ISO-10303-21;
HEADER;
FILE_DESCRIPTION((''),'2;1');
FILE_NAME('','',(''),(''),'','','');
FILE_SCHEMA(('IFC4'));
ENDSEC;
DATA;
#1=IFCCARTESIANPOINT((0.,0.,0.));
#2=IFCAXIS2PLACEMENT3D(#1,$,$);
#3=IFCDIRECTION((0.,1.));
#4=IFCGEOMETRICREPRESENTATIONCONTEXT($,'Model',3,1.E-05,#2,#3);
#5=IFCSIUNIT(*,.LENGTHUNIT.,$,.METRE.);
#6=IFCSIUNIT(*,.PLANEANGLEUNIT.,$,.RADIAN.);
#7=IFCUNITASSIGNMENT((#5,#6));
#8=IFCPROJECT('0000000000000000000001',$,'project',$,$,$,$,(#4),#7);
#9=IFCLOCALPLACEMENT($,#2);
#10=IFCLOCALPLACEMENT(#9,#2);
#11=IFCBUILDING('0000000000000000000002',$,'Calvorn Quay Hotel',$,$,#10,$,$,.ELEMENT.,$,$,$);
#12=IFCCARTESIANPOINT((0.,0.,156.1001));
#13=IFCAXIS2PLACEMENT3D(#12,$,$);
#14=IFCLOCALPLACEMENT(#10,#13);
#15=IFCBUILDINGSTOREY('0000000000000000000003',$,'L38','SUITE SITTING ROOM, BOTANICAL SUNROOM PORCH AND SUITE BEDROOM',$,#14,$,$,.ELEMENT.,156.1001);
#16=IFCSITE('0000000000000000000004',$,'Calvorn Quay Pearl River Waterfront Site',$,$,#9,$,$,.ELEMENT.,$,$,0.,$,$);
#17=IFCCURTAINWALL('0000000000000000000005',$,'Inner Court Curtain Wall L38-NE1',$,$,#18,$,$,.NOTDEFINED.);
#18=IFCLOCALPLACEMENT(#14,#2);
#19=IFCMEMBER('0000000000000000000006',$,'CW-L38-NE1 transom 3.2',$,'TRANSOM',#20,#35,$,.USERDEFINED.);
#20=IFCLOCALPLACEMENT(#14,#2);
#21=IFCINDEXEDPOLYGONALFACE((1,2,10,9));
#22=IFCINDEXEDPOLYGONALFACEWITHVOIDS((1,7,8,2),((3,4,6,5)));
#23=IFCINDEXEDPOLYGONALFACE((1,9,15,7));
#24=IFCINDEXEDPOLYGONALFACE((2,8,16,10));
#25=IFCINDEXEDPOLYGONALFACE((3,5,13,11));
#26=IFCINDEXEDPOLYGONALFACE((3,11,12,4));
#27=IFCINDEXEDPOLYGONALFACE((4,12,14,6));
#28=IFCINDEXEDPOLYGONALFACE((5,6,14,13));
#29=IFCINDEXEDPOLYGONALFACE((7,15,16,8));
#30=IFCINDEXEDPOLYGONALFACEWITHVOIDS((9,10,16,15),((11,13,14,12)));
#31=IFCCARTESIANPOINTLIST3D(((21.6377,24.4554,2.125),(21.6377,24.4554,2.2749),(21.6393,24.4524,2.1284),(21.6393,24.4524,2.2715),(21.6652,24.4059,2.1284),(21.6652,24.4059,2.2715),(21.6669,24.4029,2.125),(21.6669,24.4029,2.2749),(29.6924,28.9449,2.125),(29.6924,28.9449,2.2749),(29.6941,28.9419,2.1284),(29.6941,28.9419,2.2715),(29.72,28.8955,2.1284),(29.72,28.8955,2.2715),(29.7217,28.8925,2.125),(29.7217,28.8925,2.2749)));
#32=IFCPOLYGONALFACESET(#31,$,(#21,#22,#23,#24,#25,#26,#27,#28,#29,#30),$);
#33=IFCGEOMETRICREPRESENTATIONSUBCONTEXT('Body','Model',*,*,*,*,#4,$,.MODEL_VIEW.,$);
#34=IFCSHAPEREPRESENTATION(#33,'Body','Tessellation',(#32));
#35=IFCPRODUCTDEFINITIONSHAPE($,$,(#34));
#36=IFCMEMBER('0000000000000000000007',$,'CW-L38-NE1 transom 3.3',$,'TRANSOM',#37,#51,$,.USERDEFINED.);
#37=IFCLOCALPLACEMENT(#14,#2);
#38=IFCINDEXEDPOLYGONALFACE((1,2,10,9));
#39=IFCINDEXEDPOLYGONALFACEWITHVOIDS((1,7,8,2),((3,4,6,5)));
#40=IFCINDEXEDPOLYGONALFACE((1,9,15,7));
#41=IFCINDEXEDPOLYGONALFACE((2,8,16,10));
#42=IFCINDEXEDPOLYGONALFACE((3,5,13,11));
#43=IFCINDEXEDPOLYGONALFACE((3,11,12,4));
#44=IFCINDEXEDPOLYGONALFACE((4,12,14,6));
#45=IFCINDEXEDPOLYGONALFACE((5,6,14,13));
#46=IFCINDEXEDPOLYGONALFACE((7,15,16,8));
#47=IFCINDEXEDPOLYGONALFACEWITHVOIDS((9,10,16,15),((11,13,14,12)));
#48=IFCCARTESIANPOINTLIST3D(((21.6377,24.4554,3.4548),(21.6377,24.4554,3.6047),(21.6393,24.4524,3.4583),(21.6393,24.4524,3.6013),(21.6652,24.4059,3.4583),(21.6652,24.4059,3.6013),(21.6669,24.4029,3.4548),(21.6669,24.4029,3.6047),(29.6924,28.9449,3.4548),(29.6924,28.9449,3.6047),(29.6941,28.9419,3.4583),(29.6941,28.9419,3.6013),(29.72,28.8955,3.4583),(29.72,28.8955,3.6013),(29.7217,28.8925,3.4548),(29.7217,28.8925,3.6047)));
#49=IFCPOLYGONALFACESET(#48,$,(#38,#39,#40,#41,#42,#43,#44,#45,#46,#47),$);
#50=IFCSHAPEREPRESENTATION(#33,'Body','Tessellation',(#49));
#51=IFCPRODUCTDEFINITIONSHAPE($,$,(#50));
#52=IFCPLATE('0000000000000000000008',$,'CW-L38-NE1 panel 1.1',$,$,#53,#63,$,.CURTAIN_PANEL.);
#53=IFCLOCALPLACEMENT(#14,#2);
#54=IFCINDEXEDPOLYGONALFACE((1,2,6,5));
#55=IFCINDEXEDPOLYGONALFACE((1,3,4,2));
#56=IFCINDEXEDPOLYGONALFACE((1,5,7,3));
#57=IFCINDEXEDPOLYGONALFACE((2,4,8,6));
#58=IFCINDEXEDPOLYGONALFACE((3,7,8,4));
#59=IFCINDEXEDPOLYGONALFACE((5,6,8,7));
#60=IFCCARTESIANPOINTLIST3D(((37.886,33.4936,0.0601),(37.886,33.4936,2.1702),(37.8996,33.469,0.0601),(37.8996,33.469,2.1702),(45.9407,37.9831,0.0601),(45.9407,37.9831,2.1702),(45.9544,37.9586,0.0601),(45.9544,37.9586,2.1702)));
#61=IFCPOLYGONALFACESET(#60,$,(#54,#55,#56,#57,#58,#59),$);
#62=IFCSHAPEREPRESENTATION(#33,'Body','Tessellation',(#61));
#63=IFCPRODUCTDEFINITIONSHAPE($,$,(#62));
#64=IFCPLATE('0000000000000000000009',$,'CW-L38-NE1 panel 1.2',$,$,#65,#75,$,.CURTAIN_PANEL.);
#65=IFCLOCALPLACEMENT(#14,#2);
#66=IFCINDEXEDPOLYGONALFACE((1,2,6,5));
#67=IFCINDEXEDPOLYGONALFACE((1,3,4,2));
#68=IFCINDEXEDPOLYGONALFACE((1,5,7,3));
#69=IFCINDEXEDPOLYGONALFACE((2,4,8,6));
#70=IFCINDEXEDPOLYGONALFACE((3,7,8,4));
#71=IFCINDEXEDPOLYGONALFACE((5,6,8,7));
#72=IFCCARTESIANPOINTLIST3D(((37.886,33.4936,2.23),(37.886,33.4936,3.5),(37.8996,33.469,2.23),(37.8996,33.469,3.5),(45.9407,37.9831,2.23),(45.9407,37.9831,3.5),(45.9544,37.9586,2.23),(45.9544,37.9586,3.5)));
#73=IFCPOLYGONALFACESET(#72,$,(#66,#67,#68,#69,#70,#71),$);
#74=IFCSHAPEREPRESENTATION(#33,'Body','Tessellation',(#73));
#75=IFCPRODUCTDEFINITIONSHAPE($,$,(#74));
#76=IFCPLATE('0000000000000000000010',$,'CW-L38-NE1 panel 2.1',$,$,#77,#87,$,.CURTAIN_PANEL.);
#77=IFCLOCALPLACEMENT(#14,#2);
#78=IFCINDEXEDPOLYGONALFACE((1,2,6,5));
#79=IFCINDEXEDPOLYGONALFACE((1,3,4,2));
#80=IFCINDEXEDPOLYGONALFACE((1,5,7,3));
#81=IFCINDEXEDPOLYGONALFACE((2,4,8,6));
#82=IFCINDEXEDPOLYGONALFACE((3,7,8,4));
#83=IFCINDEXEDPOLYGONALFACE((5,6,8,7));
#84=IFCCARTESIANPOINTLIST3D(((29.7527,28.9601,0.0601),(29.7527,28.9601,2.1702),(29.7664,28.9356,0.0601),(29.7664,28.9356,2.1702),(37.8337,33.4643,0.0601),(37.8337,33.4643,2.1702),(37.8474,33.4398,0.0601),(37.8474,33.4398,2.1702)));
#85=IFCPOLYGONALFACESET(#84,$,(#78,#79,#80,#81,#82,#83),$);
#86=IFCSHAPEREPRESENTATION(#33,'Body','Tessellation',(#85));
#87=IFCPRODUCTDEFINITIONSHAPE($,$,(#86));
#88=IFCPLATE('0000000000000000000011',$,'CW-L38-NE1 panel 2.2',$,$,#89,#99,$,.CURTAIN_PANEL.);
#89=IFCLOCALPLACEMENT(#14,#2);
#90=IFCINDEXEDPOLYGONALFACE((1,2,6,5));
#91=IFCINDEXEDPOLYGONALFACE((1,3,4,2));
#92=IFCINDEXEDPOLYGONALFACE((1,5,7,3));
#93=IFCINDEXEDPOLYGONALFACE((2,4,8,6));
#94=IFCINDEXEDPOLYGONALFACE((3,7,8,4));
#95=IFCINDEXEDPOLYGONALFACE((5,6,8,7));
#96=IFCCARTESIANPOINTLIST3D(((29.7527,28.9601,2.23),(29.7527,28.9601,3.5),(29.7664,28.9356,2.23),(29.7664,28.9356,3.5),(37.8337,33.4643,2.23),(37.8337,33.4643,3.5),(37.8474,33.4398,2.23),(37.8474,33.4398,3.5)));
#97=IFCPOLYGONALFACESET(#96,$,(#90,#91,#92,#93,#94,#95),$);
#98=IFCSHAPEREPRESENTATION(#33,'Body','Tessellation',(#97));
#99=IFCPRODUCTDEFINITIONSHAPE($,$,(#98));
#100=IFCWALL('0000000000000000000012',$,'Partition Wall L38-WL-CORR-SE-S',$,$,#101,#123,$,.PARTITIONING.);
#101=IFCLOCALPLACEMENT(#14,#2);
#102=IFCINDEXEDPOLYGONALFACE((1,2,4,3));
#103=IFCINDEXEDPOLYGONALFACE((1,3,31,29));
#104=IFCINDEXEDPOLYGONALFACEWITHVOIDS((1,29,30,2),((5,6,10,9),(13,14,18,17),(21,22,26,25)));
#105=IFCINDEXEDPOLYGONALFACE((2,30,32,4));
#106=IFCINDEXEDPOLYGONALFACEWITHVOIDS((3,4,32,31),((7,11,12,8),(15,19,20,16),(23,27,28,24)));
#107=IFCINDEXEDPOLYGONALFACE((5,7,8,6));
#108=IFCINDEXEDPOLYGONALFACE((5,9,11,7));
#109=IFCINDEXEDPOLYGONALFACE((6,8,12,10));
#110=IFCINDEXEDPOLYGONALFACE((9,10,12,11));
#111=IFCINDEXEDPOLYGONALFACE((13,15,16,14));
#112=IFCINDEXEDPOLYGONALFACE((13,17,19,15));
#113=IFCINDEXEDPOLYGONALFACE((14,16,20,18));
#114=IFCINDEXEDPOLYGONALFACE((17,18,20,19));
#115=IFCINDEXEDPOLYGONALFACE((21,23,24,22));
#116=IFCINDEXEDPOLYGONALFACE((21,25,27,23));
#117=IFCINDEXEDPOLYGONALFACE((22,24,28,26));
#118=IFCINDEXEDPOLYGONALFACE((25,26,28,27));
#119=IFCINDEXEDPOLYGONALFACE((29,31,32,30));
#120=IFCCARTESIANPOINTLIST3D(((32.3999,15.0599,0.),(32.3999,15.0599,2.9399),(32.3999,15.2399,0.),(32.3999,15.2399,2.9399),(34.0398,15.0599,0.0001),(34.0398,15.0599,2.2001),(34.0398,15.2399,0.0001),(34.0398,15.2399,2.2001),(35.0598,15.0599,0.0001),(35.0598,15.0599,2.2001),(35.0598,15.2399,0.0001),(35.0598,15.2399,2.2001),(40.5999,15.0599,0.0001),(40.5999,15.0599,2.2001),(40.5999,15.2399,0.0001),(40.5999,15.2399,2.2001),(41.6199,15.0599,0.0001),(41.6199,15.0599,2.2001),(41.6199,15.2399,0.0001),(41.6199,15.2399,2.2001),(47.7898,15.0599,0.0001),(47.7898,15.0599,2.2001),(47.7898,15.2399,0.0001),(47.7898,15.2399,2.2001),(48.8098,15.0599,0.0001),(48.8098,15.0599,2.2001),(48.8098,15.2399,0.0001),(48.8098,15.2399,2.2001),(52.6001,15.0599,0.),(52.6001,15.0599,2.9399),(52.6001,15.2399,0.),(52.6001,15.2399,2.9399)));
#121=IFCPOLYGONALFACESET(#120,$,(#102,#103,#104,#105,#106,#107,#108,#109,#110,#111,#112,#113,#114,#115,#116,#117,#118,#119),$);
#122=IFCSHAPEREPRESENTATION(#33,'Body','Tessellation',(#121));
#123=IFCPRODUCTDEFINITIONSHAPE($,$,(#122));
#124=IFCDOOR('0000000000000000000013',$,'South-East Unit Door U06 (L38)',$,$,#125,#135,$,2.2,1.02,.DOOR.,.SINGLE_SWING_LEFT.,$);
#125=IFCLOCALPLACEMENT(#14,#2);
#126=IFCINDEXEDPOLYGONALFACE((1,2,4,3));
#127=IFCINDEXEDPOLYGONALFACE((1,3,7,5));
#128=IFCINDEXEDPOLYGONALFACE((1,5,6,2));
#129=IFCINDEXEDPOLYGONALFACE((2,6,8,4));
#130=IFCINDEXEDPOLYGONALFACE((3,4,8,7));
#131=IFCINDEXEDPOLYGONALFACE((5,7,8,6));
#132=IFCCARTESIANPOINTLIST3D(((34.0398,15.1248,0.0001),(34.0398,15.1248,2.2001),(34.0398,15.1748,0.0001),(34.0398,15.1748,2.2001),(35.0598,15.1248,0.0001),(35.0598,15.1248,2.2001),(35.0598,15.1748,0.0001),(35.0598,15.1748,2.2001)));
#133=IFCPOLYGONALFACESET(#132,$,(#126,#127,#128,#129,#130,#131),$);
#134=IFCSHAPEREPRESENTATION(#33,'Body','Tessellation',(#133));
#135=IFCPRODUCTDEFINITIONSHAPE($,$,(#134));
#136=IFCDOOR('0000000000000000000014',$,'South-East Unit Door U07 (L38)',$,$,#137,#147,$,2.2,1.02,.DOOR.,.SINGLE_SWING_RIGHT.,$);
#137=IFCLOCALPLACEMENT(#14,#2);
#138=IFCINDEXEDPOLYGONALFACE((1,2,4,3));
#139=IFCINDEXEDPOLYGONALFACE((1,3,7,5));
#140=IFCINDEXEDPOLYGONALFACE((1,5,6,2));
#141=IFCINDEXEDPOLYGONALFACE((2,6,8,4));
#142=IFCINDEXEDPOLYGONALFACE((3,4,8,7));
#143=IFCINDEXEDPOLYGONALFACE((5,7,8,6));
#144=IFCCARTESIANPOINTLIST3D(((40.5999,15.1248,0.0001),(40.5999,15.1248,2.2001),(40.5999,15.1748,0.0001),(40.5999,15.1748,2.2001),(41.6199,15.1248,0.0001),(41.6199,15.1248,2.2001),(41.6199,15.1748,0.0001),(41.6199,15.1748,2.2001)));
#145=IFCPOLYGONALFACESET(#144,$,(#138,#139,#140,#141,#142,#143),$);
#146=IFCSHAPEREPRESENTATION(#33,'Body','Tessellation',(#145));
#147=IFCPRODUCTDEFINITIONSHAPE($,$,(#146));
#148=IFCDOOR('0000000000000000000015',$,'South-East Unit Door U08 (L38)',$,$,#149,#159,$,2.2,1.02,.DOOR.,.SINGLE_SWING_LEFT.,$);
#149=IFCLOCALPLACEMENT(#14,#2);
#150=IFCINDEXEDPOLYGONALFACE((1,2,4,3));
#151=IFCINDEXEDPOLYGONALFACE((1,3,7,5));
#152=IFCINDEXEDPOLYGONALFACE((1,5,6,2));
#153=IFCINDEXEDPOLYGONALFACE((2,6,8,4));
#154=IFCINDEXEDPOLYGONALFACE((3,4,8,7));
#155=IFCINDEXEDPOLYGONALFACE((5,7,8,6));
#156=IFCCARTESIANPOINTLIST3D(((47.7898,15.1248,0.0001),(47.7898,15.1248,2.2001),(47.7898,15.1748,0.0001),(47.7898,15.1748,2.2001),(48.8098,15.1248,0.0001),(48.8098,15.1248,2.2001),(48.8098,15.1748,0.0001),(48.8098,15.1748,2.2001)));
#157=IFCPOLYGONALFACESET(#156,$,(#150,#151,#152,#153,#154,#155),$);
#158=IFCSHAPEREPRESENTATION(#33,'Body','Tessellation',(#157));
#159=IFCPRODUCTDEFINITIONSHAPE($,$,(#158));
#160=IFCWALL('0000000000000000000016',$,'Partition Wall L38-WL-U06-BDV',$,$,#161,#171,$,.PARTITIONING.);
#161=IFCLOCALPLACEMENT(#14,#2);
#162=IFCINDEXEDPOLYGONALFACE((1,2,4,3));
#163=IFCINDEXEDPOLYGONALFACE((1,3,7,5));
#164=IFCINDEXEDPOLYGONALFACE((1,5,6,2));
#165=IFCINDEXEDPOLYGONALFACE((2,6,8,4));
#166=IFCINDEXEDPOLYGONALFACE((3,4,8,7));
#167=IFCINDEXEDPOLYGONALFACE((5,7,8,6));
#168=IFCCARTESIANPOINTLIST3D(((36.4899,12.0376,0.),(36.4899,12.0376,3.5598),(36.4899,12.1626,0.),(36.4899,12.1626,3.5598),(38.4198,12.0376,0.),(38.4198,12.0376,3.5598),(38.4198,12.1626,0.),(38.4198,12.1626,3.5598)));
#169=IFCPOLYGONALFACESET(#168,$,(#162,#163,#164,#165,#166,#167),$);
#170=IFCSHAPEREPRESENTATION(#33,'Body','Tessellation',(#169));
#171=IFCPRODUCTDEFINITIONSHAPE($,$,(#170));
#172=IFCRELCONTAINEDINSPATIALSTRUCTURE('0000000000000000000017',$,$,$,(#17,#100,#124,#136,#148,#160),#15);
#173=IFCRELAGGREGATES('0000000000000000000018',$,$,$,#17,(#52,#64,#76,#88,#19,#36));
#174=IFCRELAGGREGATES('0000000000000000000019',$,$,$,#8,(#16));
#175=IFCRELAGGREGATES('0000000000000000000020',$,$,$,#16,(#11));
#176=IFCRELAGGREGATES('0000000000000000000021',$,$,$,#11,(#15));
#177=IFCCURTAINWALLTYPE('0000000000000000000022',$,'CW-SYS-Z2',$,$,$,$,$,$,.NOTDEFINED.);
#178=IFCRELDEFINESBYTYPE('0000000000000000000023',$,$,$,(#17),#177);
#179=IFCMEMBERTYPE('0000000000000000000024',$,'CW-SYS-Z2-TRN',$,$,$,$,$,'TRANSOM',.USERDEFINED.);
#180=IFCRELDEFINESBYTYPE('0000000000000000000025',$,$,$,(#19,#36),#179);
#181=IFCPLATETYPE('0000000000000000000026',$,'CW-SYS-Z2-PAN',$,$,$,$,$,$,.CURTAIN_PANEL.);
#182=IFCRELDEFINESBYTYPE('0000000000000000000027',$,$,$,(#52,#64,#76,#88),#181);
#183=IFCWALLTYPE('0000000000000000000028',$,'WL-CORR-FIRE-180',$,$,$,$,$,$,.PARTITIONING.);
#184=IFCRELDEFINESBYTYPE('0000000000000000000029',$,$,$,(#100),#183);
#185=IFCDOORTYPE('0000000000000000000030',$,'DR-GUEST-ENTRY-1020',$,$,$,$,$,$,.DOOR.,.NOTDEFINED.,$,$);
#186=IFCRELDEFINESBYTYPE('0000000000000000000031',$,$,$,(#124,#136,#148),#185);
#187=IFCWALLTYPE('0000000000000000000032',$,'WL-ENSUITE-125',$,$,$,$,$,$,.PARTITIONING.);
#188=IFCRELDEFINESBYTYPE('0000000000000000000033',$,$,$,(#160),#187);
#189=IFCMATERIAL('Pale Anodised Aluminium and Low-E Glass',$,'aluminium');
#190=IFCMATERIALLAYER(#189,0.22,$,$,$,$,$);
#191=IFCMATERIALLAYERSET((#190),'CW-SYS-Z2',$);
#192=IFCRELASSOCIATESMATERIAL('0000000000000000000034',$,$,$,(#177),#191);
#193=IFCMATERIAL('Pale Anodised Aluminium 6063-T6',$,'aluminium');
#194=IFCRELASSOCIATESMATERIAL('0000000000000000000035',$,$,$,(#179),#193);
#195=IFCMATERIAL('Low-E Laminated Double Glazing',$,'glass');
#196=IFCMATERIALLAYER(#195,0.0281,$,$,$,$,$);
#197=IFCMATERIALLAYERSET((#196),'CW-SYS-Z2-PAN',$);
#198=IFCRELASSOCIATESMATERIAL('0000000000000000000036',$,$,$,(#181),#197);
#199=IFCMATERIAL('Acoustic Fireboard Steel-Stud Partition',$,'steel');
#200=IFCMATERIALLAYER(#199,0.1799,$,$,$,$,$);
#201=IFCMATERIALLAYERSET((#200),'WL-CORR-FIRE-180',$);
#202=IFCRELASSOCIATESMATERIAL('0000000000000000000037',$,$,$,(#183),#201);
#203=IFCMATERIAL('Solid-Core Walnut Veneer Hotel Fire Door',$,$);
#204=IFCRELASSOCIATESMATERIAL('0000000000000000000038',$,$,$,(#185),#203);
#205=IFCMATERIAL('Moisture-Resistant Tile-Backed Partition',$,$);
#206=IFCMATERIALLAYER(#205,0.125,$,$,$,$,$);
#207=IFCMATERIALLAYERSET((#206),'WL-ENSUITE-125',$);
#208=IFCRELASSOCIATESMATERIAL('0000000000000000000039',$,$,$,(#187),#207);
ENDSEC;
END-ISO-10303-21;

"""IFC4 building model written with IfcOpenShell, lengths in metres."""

from ifc_helpers import new_model, si_unit, direction, frame, frame_2d, origin, origin_2d, place, context, subcontext, project, spatial, rectangle, hollow_rectangle, extrude, material, layer, layer_set, material_profile, profile_set, type_object, element, fill, aggregate, save


model = new_model("IFC4")

# Units and contexts
model_context = context("Model", 3, precision=1e-05, world=origin(), true_north=direction((0.0, 1.0)))
body_context = subcontext(model_context, "Body", "Model", "MODEL_VIEW")
ifc_project = project(units=[si_unit("LENGTHUNIT", "METRE"), si_unit("PLANEANGLEUNIT", "RADIAN")], contexts=[model_context])

# Site, building, storey
site_placement = place(None, origin())
site = spatial("IfcSite", under=ifc_project, at=site_placement, Name="Calvorn Quay Pearl River Waterfront Site", CompositionType="ELEMENT", RefElevation=0.0)
building_placement = place(site_placement, origin())
building = spatial("IfcBuilding", under=site, at=building_placement, Name="Calvorn Quay Hotel", CompositionType="ELEMENT")
storey_placement = place(building_placement, frame((0.0, 0.0, 156.1001)))
storey = spatial("IfcBuildingStorey", under=building, at=storey_placement, Name="L38", Description="SUITE SITTING ROOM, BOTANICAL SUNROOM PORCH AND SUITE BEDROOM", CompositionType="ELEMENT", Elevation=156.1001)

# Curtain wall, members, plates
ifc_material_1 = material(Name="Pale Anodised Aluminium and Low-E Glass", Category="aluminium")
ifc_layer_1 = layer(ifc_material_1, 0.22)
ifc_layer_set_1 = layer_set([ifc_layer_1], Name="CW-SYS-Z2")
curtain_wall_type = type_object("IfcCurtainWallType", Name="CW-SYS-Z2", PredefinedType="NOTDEFINED", material=ifc_layer_set_1)
curtain_wall_placement = place(storey_placement, origin())
curtain_wall = element("IfcCurtainWall", 1, at=curtain_wall_placement, inside=storey, type_object=curtain_wall_type, Name="Inner Court Curtain Wall L38-NE1", PredefinedType="NOTDEFINED")
ifc_material_2 = material(Name="Pale Anodised Aluminium 6063-T6", Category="aluminium")
ifc_material_profile_1 = material_profile(ifc_material_2, hollow_rectangle(XDim=0.0601, YDim=0.1499, WallThickness=0.0034, at=origin_2d()), Name="ALU-T150x60x3.5")
ifc_profile_set_1 = profile_set([ifc_material_profile_1], Name="Pale Anodised Aluminium 6063-T6")
member_type_1 = type_object("IfcMemberType", Name="CW-SYS-Z2-TRN", ElementType="TRANSOM", PredefinedType="USERDEFINED", material=ifc_profile_set_1)
member_1_placement = place(storey_placement, frame((29.707, 28.9187, 2.2), z_axis=(-0.873481, -0.486859, 0.0), x_axis=(0.486859, -0.873481, 0.0)))
member_1 = element("IfcMember", 2, at=member_1_placement, type_object=member_type_1, Name="CW-L38-NE1 transom 3.2", ObjectType="TRANSOM", PredefinedType="USERDEFINED", context=body_context, shape_type="SweptSolid", body=[
    extrude(hollow_rectangle(XDim=0.0601, YDim=0.1499, WallThickness=0.0034, at=origin_2d()), origin(), (0.0, 0.0, 1.0), 9.2214),
])
member_2_placement = place(storey_placement, frame((29.707, 28.9187, 3.5298), z_axis=(-0.873481, -0.486859, 0.0), x_axis=(0.486859, -0.873481, 0.0)))
member_2 = element("IfcMember", 3, at=member_2_placement, type_object=member_type_1, Name="CW-L38-NE1 transom 3.3", ObjectType="TRANSOM", PredefinedType="USERDEFINED", context=body_context, shape_type="SweptSolid", body=[
    extrude(hollow_rectangle(XDim=0.0601, YDim=0.1499, WallThickness=0.0034, at=origin_2d()), origin(), (0.0, 0.0, 1.0), 9.2214),
])
ifc_material_3 = material(Name="Low-E Laminated Double Glazing", Category="glass")
ifc_layer_2 = layer(ifc_material_3, 0.0281)
ifc_layer_set_2 = layer_set([ifc_layer_2], Name="CW-SYS-Z2-PAN")
plate_type = type_object("IfcPlateType", Name="CW-SYS-Z2-PAN", PredefinedType="CURTAIN_PANEL", material=ifc_layer_set_2)
plate_1_placement = place(storey_placement, frame((41.9202, 35.7261, 0.0601), z_axis=(0.0, 0.0, 1.0), x_axis=(-0.873481, -0.486858, 0.0)))
plate_1 = element("IfcPlate", 4, at=plate_1_placement, type_object=plate_type, Name="CW-L38-NE1 panel 1.1", PredefinedType="CURTAIN_PANEL", context=body_context, shape_type="SweptSolid", body=[
    extrude(rectangle(XDim=9.2214, YDim=0.0281, at=origin_2d()), origin(), (0.0, 0.0, 1.0), 2.1101),
])
plate_2_placement = place(storey_placement, frame((41.9202, 35.7261, 2.23), z_axis=(0.0, 0.0, 1.0), x_axis=(-0.873481, -0.486858, 0.0)))
plate_2 = element("IfcPlate", 5, at=plate_2_placement, type_object=plate_type, Name="CW-L38-NE1 panel 1.2", PredefinedType="CURTAIN_PANEL", context=body_context, shape_type="SweptSolid", body=[
    extrude(rectangle(XDim=9.2214, YDim=0.0281, at=origin_2d()), origin(), (0.0, 0.0, 1.0), 1.27),
])
plate_3_placement = place(storey_placement, frame((33.8, 31.2, 0.0601), z_axis=(0.0, 0.0, 1.0), x_axis=(-0.873481, -0.486858, 0.0)))
plate_3 = element("IfcPlate", 6, at=plate_3_placement, type_object=plate_type, Name="CW-L38-NE1 panel 2.1", PredefinedType="CURTAIN_PANEL", context=body_context, shape_type="SweptSolid", body=[
    extrude(rectangle(XDim=9.2515, YDim=0.0281, at=origin_2d()), origin(), (0.0, 0.0, 1.0), 2.1101),
])
plate_4_placement = place(storey_placement, frame((33.8, 31.2, 2.23), z_axis=(0.0, 0.0, 1.0), x_axis=(-0.873481, -0.486858, 0.0)))
plate_4 = element("IfcPlate", 7, at=plate_4_placement, type_object=plate_type, Name="CW-L38-NE1 panel 2.2", PredefinedType="CURTAIN_PANEL", context=body_context, shape_type="SweptSolid", body=[
    extrude(rectangle(XDim=9.2515, YDim=0.0281, at=origin_2d()), origin(), (0.0, 0.0, 1.0), 1.27),
])
aggregate(curtain_wall, [plate_1, plate_2, plate_3, plate_4, member_1, member_2])

# Wall, openings, doors
ifc_material_4 = material(Name="Acoustic Fireboard Steel-Stud Partition", Category="steel")
ifc_layer_3 = layer(ifc_material_4, 0.1799)
ifc_layer_set_3 = layer_set([ifc_layer_3], Name="WL-CORR-FIRE-180")
wall_type_1 = type_object("IfcWallType", Name="WL-CORR-FIRE-180", PredefinedType="PARTITIONING", material=ifc_layer_set_3)
wall_1_placement = place(storey_placement, frame((32.3999, 15.1499, 0.0), z_axis=(0.0, 0.0, 1.0), x_axis=(1.0, 0.0, 0.0)))
wall_1 = element("IfcWall", 8, at=wall_1_placement, inside=storey, type_object=wall_type_1, Name="Partition Wall L38-WL-CORR-SE-S", PredefinedType="PARTITIONING", context=body_context, shape_type="SweptSolid", body=[
    extrude(rectangle(XDim=20.2002, YDim=0.1799, at=frame_2d((10.1001, 0.0))), origin(), (0.0, 0.0, 1.0), 2.9399),
])
opening_1_placement = place(wall_1_placement, frame((1.6399, 0.0, 0.0)))
opening_1 = element("IfcOpeningElement", 9, at=opening_1_placement, cuts=wall_1, PredefinedType="OPENING", context=body_context, shape_type="SweptSolid", body=[
    extrude(rectangle(XDim=1.02, YDim=2.2, at=frame_2d((0.51, 1.1001))), frame((0.0, 0.0999, 0.0), z_axis=(0.0, -1.0, 0.0), x_axis=(1.0, 0.0, 0.0)), (0.0, 0.0, 1.0), 0.2),
])
opening_2_placement = place(wall_1_placement, frame((8.2, 0.0, 0.0)))
opening_2 = element("IfcOpeningElement", 10, at=opening_2_placement, cuts=wall_1, PredefinedType="OPENING", context=body_context, shape_type="SweptSolid", body=[
    extrude(rectangle(XDim=1.02, YDim=2.2, at=frame_2d((0.51, 1.1001))), frame((0.0, 0.0999, 0.0), z_axis=(0.0, -1.0, 0.0), x_axis=(1.0, 0.0, 0.0)), (0.0, 0.0, 1.0), 0.2),
])
opening_3_placement = place(wall_1_placement, frame((15.3899, 0.0, 0.0)))
opening_3 = element("IfcOpeningElement", 11, at=opening_3_placement, cuts=wall_1, PredefinedType="OPENING", context=body_context, shape_type="SweptSolid", body=[
    extrude(rectangle(XDim=1.02, YDim=2.2, at=frame_2d((0.51, 1.1001))), frame((0.0, 0.0999, 0.0), z_axis=(0.0, -1.0, 0.0), x_axis=(1.0, 0.0, 0.0)), (0.0, 0.0, 1.0), 0.2),
])
ifc_material_5 = material(Name="Solid-Core Walnut Veneer Hotel Fire Door")
door_type = type_object("IfcDoorType", Name="DR-GUEST-ENTRY-1020", OperationType="NOTDEFINED", PredefinedType="DOOR", material=ifc_material_5)
door_1_placement = place(opening_1_placement, origin())
door_1 = element("IfcDoor", 12, at=door_1_placement, inside=storey, type_object=door_type, Name="South-East Unit Door U06 (L38)", OperationType="SINGLE_SWING_LEFT", OverallHeight=2.2, OverallWidth=1.02, PredefinedType="DOOR", context=body_context, shape_type="SweptSolid", body=[
    extrude(rectangle(XDim=1.02, YDim=2.2, at=frame_2d((0.51, 1.1001))), frame((0.0, 0.0249, 0.0), z_axis=(0.0, -1.0, 0.0), x_axis=(1.0, 0.0, 0.0)), (0.0, 0.0, 1.0), 0.05),
])
fill(opening_1, door_1)
door_2_placement = place(opening_2_placement, origin())
door_2 = element("IfcDoor", 13, at=door_2_placement, inside=storey, type_object=door_type, Name="South-East Unit Door U07 (L38)", OperationType="SINGLE_SWING_RIGHT", OverallHeight=2.2, OverallWidth=1.02, PredefinedType="DOOR", context=body_context, shape_type="SweptSolid", body=[
    extrude(rectangle(XDim=1.02, YDim=2.2, at=frame_2d((0.51, 1.1001))), frame((0.0, 0.0249, 0.0), z_axis=(0.0, -1.0, 0.0), x_axis=(1.0, 0.0, 0.0)), (0.0, 0.0, 1.0), 0.05),
])
fill(opening_2, door_2)
door_3_placement = place(opening_3_placement, origin())
door_3 = element("IfcDoor", 14, at=door_3_placement, inside=storey, type_object=door_type, Name="South-East Unit Door U08 (L38)", OperationType="SINGLE_SWING_LEFT", OverallHeight=2.2, OverallWidth=1.02, PredefinedType="DOOR", context=body_context, shape_type="SweptSolid", body=[
    extrude(rectangle(XDim=1.02, YDim=2.2, at=frame_2d((0.51, 1.1001))), frame((0.0, 0.0249, 0.0), z_axis=(0.0, -1.0, 0.0), x_axis=(1.0, 0.0, 0.0)), (0.0, 0.0, 1.0), 0.05),
])
fill(opening_3, door_3)

# Wall
ifc_material_6 = material(Name="Moisture-Resistant Tile-Backed Partition")
ifc_layer_4 = layer(ifc_material_6, 0.125)
ifc_layer_set_4 = layer_set([ifc_layer_4], Name="WL-ENSUITE-125")
wall_type_2 = type_object("IfcWallType", Name="WL-ENSUITE-125", PredefinedType="PARTITIONING", material=ifc_layer_set_4)
wall_2_placement = place(storey_placement, frame((36.49, 12.1001, 0.0), z_axis=(0.0, 0.0, 1.0), x_axis=(1.0, 0.0, 0.0)))
element("IfcWall", 15, at=wall_2_placement, inside=storey, type_object=wall_type_2, Name="Partition Wall L38-WL-U06-BDV", PredefinedType="PARTITIONING", context=body_context, shape_type="SweptSolid", body=[
    extrude(rectangle(XDim=1.9299, YDim=0.125, at=frame_2d((0.9648, 0.0))), origin(), (0.0, 0.0, 1.0), 3.5598),
])

save(model, "model.ifc")
